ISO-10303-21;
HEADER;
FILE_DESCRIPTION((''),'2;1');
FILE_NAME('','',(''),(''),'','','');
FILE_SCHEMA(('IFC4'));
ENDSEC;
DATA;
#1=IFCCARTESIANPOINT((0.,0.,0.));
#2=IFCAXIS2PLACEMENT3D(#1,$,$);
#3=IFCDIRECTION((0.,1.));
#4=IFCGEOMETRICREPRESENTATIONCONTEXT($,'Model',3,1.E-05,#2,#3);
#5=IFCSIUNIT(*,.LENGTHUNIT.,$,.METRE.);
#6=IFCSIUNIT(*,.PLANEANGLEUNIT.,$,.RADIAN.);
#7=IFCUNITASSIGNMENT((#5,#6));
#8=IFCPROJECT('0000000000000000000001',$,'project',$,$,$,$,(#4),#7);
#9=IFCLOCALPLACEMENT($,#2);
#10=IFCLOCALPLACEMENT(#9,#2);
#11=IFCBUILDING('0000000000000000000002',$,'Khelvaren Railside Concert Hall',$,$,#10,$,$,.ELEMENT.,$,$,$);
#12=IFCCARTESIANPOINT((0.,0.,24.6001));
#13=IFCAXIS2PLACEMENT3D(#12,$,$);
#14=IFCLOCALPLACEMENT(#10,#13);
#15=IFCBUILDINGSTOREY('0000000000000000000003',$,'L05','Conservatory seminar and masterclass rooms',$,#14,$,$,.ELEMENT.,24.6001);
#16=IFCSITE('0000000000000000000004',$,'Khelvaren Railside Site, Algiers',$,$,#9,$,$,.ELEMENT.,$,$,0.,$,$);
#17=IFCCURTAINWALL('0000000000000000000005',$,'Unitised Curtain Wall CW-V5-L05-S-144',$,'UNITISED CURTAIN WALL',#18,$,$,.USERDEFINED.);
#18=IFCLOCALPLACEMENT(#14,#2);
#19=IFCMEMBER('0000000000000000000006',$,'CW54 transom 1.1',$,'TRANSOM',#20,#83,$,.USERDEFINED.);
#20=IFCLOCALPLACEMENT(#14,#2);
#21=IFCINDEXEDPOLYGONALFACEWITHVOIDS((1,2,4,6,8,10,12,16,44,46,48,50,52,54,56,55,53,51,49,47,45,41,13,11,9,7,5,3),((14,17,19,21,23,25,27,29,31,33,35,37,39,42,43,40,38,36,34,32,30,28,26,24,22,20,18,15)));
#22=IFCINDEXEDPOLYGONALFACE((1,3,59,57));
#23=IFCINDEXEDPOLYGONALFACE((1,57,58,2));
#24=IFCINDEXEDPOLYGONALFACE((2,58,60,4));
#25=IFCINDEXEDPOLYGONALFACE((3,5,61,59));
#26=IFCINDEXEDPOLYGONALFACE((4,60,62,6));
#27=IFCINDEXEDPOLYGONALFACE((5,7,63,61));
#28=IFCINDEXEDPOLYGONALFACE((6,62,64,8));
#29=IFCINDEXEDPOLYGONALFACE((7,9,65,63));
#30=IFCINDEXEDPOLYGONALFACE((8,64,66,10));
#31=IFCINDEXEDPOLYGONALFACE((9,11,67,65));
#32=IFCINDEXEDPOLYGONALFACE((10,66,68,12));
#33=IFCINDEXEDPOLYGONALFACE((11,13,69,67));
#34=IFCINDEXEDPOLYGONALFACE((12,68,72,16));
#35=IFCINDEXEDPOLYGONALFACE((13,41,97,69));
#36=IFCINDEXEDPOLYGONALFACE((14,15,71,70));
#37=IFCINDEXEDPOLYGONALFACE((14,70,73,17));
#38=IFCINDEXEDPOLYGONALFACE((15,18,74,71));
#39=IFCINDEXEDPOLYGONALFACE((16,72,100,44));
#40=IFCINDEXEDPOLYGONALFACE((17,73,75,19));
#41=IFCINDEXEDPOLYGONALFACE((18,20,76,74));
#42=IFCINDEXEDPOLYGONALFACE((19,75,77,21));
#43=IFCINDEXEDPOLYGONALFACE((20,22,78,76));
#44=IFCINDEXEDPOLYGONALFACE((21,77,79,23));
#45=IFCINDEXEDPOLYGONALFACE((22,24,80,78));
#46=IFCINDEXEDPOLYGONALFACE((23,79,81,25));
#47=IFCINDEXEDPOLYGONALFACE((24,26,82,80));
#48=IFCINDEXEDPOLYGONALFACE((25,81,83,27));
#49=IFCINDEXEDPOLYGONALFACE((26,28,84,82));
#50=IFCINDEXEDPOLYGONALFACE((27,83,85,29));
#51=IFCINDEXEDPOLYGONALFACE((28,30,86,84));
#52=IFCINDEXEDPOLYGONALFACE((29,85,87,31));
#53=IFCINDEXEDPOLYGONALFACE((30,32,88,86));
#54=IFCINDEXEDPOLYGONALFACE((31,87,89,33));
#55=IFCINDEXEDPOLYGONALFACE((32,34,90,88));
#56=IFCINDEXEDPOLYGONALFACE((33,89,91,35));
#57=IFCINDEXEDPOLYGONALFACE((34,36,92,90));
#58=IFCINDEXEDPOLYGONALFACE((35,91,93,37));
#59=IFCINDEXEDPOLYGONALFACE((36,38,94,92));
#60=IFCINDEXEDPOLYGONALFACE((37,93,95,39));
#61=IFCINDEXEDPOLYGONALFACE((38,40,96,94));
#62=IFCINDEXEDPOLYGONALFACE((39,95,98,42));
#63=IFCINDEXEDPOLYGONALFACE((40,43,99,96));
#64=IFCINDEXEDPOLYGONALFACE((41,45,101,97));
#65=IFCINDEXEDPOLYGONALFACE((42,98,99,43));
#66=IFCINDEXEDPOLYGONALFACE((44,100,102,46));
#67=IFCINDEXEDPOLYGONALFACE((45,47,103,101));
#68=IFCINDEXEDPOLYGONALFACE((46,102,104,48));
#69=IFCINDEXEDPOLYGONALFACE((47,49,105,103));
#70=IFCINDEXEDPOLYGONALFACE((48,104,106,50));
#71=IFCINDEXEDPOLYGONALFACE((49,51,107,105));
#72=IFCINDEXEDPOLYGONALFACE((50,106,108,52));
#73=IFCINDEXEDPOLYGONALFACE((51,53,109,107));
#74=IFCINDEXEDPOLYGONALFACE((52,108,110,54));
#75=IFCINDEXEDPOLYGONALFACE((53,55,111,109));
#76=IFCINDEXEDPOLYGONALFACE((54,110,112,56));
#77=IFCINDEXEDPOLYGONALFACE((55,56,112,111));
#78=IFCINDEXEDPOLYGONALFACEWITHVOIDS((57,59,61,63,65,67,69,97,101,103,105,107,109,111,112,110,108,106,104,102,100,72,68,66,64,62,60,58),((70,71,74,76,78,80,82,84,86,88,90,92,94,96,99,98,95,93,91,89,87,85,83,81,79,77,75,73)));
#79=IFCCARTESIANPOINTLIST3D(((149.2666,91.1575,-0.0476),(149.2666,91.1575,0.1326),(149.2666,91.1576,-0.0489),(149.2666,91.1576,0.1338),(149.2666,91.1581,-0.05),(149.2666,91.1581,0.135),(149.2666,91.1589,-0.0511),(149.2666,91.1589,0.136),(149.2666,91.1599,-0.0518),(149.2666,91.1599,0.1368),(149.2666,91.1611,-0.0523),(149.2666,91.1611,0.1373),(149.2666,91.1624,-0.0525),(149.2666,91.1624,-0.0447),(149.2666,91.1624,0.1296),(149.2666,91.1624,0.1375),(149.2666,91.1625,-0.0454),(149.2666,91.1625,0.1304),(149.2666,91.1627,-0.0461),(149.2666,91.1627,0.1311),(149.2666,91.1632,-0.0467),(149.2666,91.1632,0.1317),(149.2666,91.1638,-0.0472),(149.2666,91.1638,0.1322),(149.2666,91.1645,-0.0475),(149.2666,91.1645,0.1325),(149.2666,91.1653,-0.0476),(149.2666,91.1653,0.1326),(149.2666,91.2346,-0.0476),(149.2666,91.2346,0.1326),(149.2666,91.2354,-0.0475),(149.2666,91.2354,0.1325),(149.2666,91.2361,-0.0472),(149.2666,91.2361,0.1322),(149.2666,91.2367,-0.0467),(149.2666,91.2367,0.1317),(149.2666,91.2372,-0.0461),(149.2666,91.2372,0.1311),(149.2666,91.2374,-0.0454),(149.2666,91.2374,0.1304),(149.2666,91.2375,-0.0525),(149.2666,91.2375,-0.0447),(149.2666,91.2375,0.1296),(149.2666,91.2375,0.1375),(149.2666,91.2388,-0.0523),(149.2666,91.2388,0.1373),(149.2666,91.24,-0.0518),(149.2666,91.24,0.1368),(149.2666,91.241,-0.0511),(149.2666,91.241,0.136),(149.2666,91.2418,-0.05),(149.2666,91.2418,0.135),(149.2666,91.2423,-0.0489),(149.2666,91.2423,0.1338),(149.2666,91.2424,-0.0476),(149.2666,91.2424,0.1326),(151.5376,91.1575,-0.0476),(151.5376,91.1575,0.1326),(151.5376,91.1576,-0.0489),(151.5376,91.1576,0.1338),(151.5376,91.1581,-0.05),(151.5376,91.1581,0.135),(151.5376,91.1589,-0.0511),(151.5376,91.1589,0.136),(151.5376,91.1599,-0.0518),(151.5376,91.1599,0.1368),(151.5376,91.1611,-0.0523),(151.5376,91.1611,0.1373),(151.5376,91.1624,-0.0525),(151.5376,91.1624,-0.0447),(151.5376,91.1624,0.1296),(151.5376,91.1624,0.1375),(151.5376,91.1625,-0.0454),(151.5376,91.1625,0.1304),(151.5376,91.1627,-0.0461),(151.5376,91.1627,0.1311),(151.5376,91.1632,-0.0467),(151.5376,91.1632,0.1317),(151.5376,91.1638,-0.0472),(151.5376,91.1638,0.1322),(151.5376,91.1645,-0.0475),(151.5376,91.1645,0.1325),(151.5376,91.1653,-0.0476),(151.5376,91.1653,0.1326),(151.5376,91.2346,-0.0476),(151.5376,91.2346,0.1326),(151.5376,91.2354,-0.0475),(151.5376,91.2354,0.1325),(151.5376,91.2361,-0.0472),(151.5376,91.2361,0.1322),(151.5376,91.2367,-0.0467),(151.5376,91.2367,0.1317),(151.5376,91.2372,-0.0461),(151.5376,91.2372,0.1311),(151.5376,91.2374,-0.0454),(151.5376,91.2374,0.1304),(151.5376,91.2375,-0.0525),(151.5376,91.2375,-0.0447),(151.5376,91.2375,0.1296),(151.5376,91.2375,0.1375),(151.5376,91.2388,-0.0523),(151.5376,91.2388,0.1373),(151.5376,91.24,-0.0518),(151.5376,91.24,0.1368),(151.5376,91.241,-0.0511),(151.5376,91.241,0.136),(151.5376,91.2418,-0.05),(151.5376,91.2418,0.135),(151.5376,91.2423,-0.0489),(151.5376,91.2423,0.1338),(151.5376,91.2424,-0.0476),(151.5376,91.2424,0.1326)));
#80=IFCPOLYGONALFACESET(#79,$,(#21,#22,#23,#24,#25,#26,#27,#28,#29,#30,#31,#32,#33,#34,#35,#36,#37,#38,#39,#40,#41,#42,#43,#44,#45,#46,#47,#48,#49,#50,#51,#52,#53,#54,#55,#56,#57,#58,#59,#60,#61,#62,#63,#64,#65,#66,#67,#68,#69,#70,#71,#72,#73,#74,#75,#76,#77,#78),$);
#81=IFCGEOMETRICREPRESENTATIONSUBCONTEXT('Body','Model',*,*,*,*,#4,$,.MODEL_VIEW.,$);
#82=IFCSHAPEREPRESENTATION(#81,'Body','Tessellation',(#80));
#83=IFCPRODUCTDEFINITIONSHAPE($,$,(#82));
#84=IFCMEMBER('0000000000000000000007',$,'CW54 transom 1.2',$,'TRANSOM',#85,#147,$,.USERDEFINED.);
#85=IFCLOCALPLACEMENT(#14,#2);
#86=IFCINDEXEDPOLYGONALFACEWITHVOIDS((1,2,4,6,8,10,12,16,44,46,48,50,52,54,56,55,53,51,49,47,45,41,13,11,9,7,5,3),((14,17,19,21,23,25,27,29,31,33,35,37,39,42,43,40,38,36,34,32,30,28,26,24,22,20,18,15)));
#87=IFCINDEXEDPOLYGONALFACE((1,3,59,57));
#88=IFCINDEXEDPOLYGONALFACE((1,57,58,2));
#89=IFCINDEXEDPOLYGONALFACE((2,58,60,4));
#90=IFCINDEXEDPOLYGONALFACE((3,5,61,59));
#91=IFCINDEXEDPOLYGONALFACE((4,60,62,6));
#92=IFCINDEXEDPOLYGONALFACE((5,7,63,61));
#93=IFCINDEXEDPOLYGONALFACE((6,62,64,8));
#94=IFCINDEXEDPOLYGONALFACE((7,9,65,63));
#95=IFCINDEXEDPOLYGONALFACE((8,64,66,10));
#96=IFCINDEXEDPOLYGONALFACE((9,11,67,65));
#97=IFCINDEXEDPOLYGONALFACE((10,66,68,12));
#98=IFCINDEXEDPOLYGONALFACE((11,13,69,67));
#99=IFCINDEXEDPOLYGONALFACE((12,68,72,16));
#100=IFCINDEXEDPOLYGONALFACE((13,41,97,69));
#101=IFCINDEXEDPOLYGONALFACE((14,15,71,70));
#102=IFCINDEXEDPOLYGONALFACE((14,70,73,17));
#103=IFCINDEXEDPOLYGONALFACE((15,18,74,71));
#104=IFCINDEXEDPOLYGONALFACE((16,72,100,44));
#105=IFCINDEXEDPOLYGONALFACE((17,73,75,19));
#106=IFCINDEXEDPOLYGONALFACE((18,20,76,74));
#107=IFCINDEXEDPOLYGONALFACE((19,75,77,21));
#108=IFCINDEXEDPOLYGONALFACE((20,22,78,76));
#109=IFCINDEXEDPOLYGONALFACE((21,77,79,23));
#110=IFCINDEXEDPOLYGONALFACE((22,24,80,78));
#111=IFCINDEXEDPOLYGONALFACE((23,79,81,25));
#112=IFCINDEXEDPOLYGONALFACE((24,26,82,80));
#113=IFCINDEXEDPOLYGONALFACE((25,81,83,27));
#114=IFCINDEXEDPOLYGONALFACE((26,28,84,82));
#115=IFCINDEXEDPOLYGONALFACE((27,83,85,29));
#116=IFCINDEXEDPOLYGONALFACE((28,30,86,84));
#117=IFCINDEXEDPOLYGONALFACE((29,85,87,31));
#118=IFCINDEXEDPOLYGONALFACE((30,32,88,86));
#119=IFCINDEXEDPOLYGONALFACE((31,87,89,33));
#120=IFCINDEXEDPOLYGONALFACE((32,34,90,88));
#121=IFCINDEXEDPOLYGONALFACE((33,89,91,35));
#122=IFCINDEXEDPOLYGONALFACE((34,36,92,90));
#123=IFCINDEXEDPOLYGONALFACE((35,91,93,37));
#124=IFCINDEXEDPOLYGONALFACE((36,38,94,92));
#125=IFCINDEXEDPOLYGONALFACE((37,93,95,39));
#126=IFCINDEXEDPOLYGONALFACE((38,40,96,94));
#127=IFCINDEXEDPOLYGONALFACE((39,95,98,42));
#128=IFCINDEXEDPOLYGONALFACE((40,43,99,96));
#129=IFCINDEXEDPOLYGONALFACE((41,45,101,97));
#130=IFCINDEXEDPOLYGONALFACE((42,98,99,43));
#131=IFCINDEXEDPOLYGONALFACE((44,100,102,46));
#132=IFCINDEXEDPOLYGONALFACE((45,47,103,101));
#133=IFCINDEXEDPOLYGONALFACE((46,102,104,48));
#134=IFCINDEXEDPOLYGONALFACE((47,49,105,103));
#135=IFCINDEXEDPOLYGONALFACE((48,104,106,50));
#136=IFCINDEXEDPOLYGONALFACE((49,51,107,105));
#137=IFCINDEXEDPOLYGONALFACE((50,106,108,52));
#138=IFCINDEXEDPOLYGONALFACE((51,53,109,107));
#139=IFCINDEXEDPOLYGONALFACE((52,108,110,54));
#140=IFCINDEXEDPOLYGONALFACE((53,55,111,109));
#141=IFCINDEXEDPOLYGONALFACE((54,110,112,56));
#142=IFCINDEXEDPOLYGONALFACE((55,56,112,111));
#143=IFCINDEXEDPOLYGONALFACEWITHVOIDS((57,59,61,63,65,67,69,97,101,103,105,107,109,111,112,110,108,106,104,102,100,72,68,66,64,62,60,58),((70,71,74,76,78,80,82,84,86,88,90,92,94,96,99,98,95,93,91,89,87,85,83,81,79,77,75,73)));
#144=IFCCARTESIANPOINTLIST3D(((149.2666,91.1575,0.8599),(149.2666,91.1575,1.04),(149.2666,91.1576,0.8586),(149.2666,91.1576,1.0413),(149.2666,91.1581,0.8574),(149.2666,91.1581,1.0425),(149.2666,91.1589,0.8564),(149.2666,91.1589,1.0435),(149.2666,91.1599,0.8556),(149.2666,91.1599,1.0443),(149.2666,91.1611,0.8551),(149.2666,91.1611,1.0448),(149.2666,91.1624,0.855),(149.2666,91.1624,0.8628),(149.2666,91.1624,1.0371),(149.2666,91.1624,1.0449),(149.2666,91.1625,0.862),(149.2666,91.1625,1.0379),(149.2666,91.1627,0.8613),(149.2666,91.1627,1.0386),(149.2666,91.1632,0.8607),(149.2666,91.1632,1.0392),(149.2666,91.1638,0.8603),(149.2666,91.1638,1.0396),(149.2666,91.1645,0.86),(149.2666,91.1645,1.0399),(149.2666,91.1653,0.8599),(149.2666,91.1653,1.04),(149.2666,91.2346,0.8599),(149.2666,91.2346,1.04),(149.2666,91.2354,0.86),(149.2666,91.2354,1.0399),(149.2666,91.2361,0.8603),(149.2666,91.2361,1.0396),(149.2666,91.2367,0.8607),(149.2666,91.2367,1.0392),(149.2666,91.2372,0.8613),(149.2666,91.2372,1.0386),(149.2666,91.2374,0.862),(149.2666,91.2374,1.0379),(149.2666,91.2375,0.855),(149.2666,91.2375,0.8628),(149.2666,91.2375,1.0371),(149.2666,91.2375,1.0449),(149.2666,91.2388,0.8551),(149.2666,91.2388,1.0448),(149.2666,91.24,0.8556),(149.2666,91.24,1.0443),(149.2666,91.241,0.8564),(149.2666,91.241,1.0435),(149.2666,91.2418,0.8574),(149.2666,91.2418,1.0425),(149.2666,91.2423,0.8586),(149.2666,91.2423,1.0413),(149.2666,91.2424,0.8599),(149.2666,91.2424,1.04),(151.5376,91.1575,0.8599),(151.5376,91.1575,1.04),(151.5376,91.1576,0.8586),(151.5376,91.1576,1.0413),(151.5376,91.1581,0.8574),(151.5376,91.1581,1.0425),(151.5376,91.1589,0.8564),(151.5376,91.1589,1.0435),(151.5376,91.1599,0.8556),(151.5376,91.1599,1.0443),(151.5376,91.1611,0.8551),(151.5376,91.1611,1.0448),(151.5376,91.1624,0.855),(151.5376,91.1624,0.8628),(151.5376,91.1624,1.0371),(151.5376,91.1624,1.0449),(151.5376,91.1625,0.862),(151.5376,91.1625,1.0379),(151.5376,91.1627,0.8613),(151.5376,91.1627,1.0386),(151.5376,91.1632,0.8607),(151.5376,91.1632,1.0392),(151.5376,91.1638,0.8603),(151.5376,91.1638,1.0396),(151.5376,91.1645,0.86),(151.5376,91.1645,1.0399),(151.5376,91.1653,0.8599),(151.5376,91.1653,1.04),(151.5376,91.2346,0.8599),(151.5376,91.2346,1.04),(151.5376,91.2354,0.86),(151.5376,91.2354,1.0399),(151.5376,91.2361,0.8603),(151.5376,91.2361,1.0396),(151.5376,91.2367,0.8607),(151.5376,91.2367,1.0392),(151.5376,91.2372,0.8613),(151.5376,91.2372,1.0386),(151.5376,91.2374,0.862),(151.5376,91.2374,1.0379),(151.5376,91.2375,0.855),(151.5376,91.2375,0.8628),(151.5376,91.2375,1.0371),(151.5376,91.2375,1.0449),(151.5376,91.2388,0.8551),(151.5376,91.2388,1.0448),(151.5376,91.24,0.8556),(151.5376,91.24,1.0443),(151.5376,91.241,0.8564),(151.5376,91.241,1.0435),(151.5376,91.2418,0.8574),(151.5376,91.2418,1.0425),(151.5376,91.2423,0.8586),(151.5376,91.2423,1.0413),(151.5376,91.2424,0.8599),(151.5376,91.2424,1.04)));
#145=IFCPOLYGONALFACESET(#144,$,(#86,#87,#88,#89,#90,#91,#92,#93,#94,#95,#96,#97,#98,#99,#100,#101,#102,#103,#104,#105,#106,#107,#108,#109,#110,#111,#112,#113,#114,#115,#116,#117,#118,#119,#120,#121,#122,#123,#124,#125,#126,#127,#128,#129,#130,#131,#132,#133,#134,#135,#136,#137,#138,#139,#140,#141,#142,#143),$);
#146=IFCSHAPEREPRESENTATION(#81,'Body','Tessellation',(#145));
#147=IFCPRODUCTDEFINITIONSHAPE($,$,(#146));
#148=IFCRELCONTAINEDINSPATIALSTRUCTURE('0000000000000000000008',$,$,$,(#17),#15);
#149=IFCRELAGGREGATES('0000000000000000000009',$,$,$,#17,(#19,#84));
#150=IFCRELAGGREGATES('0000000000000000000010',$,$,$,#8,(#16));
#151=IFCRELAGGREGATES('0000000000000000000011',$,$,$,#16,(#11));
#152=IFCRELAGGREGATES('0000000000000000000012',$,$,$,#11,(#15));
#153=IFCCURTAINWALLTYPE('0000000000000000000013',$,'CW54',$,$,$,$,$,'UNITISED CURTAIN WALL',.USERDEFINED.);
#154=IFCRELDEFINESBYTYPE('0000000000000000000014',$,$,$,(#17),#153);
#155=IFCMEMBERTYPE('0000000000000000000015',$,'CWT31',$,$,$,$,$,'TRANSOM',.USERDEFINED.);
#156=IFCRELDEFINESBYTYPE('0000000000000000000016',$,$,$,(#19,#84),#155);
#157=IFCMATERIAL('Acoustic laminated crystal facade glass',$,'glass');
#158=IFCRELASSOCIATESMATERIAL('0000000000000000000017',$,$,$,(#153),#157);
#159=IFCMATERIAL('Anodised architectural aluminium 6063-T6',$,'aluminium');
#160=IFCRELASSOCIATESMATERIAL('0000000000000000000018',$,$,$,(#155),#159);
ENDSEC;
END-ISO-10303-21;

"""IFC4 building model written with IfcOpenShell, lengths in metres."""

from ifc_helpers import new_model, si_unit, direction, frame, origin, origin_2d, place, context, subcontext, project, spatial, hollow_rectangle, extrude, material, material_profile, profile_set, type_object, element, aggregate, save


model = new_model("IFC4")

# Units and contexts
model_context = context("Model", 3, precision=1e-05, world=origin(), true_north=direction((0.0, 1.0)))
body_context = subcontext(model_context, "Body", "Model", "MODEL_VIEW")
ifc_project = project(units=[si_unit("LENGTHUNIT", "METRE"), si_unit("PLANEANGLEUNIT", "RADIAN")], contexts=[model_context])

# Site, building, storey
site_placement = place(None, origin())
site = spatial("IfcSite", under=ifc_project, at=site_placement, Name="Khelvaren Railside Site, Algiers", CompositionType="ELEMENT", RefElevation=0.0)
building_placement = place(site_placement, origin())
building = spatial("IfcBuilding", under=site, at=building_placement, Name="Khelvaren Railside Concert Hall", CompositionType="ELEMENT")
storey_placement = place(building_placement, frame((0.0, 0.0, 24.6001)))
storey = spatial("IfcBuildingStorey", under=building, at=storey_placement, Name="L05", Description="Conservatory seminar and masterclass rooms", CompositionType="ELEMENT", Elevation=24.6001)

# Curtain wall, members
ifc_material_1 = material(Name="Acoustic laminated crystal facade glass", Category="glass")
curtain_wall_type = type_object("IfcCurtainWallType", Name="CW54", ElementType="UNITISED CURTAIN WALL", PredefinedType="USERDEFINED", material=ifc_material_1)
curtain_wall_placement = place(storey_placement, origin())
curtain_wall = element("IfcCurtainWall", 1, at=curtain_wall_placement, inside=storey, type_object=curtain_wall_type, Name="Unitised Curtain Wall CW-V5-L05-S-144", ObjectType="UNITISED CURTAIN WALL", PredefinedType="USERDEFINED")
ifc_material_2 = material(Name="Anodised architectural aluminium 6063-T6", Category="aluminium")
ifc_material_profile_1 = material_profile(ifc_material_2, hollow_rectangle(XDim=0.085, YDim=0.1899, WallThickness=0.0049, InnerFilletRadius=0.0029, OuterFilletRadius=0.0049, at=origin_2d()), Name="CWT 85x190x5")
ifc_profile_set_1 = profile_set([ifc_material_profile_1], Name="Anodised architectural aluminium 6063-T6")
member_type_1 = type_object("IfcMemberType", Name="CWT31", ElementType="TRANSOM", PredefinedType="USERDEFINED", material=ifc_profile_set_1)
member_1_placement = place(storey_placement, frame((151.5376, 91.2, 0.0425), z_axis=(-1.0, 0.0, 0.0), x_axis=(0.0, -1.0, 0.0)))
member_1 = element("IfcMember", 2, at=member_1_placement, type_object=member_type_1, Name="CW54 transom 1.1", ObjectType="TRANSOM", PredefinedType="USERDEFINED", context=body_context, shape_type="SweptSolid", body=[
    extrude(hollow_rectangle(XDim=0.085, YDim=0.1899, WallThickness=0.0049, InnerFilletRadius=0.0029, OuterFilletRadius=0.0049, at=origin_2d()), origin(), (0.0, 0.0, 1.0), 2.271),
])
member_2_placement = place(storey_placement, frame((151.5376, 91.2, 0.95), z_axis=(-1.0, 0.0, 0.0), x_axis=(0.0, -1.0, 0.0)))
member_2 = element("IfcMember", 3, at=member_2_placement, type_object=member_type_1, Name="CW54 transom 1.2", ObjectType="TRANSOM", PredefinedType="USERDEFINED", context=body_context, shape_type="SweptSolid", body=[
    extrude(hollow_rectangle(XDim=0.085, YDim=0.1899, WallThickness=0.0049, InnerFilletRadius=0.0029, OuterFilletRadius=0.0049, at=origin_2d()), origin(), (0.0, 0.0, 1.0), 2.271),
])
aggregate(curtain_wall, [member_1, member_2])

save(model, "model.ifc")
